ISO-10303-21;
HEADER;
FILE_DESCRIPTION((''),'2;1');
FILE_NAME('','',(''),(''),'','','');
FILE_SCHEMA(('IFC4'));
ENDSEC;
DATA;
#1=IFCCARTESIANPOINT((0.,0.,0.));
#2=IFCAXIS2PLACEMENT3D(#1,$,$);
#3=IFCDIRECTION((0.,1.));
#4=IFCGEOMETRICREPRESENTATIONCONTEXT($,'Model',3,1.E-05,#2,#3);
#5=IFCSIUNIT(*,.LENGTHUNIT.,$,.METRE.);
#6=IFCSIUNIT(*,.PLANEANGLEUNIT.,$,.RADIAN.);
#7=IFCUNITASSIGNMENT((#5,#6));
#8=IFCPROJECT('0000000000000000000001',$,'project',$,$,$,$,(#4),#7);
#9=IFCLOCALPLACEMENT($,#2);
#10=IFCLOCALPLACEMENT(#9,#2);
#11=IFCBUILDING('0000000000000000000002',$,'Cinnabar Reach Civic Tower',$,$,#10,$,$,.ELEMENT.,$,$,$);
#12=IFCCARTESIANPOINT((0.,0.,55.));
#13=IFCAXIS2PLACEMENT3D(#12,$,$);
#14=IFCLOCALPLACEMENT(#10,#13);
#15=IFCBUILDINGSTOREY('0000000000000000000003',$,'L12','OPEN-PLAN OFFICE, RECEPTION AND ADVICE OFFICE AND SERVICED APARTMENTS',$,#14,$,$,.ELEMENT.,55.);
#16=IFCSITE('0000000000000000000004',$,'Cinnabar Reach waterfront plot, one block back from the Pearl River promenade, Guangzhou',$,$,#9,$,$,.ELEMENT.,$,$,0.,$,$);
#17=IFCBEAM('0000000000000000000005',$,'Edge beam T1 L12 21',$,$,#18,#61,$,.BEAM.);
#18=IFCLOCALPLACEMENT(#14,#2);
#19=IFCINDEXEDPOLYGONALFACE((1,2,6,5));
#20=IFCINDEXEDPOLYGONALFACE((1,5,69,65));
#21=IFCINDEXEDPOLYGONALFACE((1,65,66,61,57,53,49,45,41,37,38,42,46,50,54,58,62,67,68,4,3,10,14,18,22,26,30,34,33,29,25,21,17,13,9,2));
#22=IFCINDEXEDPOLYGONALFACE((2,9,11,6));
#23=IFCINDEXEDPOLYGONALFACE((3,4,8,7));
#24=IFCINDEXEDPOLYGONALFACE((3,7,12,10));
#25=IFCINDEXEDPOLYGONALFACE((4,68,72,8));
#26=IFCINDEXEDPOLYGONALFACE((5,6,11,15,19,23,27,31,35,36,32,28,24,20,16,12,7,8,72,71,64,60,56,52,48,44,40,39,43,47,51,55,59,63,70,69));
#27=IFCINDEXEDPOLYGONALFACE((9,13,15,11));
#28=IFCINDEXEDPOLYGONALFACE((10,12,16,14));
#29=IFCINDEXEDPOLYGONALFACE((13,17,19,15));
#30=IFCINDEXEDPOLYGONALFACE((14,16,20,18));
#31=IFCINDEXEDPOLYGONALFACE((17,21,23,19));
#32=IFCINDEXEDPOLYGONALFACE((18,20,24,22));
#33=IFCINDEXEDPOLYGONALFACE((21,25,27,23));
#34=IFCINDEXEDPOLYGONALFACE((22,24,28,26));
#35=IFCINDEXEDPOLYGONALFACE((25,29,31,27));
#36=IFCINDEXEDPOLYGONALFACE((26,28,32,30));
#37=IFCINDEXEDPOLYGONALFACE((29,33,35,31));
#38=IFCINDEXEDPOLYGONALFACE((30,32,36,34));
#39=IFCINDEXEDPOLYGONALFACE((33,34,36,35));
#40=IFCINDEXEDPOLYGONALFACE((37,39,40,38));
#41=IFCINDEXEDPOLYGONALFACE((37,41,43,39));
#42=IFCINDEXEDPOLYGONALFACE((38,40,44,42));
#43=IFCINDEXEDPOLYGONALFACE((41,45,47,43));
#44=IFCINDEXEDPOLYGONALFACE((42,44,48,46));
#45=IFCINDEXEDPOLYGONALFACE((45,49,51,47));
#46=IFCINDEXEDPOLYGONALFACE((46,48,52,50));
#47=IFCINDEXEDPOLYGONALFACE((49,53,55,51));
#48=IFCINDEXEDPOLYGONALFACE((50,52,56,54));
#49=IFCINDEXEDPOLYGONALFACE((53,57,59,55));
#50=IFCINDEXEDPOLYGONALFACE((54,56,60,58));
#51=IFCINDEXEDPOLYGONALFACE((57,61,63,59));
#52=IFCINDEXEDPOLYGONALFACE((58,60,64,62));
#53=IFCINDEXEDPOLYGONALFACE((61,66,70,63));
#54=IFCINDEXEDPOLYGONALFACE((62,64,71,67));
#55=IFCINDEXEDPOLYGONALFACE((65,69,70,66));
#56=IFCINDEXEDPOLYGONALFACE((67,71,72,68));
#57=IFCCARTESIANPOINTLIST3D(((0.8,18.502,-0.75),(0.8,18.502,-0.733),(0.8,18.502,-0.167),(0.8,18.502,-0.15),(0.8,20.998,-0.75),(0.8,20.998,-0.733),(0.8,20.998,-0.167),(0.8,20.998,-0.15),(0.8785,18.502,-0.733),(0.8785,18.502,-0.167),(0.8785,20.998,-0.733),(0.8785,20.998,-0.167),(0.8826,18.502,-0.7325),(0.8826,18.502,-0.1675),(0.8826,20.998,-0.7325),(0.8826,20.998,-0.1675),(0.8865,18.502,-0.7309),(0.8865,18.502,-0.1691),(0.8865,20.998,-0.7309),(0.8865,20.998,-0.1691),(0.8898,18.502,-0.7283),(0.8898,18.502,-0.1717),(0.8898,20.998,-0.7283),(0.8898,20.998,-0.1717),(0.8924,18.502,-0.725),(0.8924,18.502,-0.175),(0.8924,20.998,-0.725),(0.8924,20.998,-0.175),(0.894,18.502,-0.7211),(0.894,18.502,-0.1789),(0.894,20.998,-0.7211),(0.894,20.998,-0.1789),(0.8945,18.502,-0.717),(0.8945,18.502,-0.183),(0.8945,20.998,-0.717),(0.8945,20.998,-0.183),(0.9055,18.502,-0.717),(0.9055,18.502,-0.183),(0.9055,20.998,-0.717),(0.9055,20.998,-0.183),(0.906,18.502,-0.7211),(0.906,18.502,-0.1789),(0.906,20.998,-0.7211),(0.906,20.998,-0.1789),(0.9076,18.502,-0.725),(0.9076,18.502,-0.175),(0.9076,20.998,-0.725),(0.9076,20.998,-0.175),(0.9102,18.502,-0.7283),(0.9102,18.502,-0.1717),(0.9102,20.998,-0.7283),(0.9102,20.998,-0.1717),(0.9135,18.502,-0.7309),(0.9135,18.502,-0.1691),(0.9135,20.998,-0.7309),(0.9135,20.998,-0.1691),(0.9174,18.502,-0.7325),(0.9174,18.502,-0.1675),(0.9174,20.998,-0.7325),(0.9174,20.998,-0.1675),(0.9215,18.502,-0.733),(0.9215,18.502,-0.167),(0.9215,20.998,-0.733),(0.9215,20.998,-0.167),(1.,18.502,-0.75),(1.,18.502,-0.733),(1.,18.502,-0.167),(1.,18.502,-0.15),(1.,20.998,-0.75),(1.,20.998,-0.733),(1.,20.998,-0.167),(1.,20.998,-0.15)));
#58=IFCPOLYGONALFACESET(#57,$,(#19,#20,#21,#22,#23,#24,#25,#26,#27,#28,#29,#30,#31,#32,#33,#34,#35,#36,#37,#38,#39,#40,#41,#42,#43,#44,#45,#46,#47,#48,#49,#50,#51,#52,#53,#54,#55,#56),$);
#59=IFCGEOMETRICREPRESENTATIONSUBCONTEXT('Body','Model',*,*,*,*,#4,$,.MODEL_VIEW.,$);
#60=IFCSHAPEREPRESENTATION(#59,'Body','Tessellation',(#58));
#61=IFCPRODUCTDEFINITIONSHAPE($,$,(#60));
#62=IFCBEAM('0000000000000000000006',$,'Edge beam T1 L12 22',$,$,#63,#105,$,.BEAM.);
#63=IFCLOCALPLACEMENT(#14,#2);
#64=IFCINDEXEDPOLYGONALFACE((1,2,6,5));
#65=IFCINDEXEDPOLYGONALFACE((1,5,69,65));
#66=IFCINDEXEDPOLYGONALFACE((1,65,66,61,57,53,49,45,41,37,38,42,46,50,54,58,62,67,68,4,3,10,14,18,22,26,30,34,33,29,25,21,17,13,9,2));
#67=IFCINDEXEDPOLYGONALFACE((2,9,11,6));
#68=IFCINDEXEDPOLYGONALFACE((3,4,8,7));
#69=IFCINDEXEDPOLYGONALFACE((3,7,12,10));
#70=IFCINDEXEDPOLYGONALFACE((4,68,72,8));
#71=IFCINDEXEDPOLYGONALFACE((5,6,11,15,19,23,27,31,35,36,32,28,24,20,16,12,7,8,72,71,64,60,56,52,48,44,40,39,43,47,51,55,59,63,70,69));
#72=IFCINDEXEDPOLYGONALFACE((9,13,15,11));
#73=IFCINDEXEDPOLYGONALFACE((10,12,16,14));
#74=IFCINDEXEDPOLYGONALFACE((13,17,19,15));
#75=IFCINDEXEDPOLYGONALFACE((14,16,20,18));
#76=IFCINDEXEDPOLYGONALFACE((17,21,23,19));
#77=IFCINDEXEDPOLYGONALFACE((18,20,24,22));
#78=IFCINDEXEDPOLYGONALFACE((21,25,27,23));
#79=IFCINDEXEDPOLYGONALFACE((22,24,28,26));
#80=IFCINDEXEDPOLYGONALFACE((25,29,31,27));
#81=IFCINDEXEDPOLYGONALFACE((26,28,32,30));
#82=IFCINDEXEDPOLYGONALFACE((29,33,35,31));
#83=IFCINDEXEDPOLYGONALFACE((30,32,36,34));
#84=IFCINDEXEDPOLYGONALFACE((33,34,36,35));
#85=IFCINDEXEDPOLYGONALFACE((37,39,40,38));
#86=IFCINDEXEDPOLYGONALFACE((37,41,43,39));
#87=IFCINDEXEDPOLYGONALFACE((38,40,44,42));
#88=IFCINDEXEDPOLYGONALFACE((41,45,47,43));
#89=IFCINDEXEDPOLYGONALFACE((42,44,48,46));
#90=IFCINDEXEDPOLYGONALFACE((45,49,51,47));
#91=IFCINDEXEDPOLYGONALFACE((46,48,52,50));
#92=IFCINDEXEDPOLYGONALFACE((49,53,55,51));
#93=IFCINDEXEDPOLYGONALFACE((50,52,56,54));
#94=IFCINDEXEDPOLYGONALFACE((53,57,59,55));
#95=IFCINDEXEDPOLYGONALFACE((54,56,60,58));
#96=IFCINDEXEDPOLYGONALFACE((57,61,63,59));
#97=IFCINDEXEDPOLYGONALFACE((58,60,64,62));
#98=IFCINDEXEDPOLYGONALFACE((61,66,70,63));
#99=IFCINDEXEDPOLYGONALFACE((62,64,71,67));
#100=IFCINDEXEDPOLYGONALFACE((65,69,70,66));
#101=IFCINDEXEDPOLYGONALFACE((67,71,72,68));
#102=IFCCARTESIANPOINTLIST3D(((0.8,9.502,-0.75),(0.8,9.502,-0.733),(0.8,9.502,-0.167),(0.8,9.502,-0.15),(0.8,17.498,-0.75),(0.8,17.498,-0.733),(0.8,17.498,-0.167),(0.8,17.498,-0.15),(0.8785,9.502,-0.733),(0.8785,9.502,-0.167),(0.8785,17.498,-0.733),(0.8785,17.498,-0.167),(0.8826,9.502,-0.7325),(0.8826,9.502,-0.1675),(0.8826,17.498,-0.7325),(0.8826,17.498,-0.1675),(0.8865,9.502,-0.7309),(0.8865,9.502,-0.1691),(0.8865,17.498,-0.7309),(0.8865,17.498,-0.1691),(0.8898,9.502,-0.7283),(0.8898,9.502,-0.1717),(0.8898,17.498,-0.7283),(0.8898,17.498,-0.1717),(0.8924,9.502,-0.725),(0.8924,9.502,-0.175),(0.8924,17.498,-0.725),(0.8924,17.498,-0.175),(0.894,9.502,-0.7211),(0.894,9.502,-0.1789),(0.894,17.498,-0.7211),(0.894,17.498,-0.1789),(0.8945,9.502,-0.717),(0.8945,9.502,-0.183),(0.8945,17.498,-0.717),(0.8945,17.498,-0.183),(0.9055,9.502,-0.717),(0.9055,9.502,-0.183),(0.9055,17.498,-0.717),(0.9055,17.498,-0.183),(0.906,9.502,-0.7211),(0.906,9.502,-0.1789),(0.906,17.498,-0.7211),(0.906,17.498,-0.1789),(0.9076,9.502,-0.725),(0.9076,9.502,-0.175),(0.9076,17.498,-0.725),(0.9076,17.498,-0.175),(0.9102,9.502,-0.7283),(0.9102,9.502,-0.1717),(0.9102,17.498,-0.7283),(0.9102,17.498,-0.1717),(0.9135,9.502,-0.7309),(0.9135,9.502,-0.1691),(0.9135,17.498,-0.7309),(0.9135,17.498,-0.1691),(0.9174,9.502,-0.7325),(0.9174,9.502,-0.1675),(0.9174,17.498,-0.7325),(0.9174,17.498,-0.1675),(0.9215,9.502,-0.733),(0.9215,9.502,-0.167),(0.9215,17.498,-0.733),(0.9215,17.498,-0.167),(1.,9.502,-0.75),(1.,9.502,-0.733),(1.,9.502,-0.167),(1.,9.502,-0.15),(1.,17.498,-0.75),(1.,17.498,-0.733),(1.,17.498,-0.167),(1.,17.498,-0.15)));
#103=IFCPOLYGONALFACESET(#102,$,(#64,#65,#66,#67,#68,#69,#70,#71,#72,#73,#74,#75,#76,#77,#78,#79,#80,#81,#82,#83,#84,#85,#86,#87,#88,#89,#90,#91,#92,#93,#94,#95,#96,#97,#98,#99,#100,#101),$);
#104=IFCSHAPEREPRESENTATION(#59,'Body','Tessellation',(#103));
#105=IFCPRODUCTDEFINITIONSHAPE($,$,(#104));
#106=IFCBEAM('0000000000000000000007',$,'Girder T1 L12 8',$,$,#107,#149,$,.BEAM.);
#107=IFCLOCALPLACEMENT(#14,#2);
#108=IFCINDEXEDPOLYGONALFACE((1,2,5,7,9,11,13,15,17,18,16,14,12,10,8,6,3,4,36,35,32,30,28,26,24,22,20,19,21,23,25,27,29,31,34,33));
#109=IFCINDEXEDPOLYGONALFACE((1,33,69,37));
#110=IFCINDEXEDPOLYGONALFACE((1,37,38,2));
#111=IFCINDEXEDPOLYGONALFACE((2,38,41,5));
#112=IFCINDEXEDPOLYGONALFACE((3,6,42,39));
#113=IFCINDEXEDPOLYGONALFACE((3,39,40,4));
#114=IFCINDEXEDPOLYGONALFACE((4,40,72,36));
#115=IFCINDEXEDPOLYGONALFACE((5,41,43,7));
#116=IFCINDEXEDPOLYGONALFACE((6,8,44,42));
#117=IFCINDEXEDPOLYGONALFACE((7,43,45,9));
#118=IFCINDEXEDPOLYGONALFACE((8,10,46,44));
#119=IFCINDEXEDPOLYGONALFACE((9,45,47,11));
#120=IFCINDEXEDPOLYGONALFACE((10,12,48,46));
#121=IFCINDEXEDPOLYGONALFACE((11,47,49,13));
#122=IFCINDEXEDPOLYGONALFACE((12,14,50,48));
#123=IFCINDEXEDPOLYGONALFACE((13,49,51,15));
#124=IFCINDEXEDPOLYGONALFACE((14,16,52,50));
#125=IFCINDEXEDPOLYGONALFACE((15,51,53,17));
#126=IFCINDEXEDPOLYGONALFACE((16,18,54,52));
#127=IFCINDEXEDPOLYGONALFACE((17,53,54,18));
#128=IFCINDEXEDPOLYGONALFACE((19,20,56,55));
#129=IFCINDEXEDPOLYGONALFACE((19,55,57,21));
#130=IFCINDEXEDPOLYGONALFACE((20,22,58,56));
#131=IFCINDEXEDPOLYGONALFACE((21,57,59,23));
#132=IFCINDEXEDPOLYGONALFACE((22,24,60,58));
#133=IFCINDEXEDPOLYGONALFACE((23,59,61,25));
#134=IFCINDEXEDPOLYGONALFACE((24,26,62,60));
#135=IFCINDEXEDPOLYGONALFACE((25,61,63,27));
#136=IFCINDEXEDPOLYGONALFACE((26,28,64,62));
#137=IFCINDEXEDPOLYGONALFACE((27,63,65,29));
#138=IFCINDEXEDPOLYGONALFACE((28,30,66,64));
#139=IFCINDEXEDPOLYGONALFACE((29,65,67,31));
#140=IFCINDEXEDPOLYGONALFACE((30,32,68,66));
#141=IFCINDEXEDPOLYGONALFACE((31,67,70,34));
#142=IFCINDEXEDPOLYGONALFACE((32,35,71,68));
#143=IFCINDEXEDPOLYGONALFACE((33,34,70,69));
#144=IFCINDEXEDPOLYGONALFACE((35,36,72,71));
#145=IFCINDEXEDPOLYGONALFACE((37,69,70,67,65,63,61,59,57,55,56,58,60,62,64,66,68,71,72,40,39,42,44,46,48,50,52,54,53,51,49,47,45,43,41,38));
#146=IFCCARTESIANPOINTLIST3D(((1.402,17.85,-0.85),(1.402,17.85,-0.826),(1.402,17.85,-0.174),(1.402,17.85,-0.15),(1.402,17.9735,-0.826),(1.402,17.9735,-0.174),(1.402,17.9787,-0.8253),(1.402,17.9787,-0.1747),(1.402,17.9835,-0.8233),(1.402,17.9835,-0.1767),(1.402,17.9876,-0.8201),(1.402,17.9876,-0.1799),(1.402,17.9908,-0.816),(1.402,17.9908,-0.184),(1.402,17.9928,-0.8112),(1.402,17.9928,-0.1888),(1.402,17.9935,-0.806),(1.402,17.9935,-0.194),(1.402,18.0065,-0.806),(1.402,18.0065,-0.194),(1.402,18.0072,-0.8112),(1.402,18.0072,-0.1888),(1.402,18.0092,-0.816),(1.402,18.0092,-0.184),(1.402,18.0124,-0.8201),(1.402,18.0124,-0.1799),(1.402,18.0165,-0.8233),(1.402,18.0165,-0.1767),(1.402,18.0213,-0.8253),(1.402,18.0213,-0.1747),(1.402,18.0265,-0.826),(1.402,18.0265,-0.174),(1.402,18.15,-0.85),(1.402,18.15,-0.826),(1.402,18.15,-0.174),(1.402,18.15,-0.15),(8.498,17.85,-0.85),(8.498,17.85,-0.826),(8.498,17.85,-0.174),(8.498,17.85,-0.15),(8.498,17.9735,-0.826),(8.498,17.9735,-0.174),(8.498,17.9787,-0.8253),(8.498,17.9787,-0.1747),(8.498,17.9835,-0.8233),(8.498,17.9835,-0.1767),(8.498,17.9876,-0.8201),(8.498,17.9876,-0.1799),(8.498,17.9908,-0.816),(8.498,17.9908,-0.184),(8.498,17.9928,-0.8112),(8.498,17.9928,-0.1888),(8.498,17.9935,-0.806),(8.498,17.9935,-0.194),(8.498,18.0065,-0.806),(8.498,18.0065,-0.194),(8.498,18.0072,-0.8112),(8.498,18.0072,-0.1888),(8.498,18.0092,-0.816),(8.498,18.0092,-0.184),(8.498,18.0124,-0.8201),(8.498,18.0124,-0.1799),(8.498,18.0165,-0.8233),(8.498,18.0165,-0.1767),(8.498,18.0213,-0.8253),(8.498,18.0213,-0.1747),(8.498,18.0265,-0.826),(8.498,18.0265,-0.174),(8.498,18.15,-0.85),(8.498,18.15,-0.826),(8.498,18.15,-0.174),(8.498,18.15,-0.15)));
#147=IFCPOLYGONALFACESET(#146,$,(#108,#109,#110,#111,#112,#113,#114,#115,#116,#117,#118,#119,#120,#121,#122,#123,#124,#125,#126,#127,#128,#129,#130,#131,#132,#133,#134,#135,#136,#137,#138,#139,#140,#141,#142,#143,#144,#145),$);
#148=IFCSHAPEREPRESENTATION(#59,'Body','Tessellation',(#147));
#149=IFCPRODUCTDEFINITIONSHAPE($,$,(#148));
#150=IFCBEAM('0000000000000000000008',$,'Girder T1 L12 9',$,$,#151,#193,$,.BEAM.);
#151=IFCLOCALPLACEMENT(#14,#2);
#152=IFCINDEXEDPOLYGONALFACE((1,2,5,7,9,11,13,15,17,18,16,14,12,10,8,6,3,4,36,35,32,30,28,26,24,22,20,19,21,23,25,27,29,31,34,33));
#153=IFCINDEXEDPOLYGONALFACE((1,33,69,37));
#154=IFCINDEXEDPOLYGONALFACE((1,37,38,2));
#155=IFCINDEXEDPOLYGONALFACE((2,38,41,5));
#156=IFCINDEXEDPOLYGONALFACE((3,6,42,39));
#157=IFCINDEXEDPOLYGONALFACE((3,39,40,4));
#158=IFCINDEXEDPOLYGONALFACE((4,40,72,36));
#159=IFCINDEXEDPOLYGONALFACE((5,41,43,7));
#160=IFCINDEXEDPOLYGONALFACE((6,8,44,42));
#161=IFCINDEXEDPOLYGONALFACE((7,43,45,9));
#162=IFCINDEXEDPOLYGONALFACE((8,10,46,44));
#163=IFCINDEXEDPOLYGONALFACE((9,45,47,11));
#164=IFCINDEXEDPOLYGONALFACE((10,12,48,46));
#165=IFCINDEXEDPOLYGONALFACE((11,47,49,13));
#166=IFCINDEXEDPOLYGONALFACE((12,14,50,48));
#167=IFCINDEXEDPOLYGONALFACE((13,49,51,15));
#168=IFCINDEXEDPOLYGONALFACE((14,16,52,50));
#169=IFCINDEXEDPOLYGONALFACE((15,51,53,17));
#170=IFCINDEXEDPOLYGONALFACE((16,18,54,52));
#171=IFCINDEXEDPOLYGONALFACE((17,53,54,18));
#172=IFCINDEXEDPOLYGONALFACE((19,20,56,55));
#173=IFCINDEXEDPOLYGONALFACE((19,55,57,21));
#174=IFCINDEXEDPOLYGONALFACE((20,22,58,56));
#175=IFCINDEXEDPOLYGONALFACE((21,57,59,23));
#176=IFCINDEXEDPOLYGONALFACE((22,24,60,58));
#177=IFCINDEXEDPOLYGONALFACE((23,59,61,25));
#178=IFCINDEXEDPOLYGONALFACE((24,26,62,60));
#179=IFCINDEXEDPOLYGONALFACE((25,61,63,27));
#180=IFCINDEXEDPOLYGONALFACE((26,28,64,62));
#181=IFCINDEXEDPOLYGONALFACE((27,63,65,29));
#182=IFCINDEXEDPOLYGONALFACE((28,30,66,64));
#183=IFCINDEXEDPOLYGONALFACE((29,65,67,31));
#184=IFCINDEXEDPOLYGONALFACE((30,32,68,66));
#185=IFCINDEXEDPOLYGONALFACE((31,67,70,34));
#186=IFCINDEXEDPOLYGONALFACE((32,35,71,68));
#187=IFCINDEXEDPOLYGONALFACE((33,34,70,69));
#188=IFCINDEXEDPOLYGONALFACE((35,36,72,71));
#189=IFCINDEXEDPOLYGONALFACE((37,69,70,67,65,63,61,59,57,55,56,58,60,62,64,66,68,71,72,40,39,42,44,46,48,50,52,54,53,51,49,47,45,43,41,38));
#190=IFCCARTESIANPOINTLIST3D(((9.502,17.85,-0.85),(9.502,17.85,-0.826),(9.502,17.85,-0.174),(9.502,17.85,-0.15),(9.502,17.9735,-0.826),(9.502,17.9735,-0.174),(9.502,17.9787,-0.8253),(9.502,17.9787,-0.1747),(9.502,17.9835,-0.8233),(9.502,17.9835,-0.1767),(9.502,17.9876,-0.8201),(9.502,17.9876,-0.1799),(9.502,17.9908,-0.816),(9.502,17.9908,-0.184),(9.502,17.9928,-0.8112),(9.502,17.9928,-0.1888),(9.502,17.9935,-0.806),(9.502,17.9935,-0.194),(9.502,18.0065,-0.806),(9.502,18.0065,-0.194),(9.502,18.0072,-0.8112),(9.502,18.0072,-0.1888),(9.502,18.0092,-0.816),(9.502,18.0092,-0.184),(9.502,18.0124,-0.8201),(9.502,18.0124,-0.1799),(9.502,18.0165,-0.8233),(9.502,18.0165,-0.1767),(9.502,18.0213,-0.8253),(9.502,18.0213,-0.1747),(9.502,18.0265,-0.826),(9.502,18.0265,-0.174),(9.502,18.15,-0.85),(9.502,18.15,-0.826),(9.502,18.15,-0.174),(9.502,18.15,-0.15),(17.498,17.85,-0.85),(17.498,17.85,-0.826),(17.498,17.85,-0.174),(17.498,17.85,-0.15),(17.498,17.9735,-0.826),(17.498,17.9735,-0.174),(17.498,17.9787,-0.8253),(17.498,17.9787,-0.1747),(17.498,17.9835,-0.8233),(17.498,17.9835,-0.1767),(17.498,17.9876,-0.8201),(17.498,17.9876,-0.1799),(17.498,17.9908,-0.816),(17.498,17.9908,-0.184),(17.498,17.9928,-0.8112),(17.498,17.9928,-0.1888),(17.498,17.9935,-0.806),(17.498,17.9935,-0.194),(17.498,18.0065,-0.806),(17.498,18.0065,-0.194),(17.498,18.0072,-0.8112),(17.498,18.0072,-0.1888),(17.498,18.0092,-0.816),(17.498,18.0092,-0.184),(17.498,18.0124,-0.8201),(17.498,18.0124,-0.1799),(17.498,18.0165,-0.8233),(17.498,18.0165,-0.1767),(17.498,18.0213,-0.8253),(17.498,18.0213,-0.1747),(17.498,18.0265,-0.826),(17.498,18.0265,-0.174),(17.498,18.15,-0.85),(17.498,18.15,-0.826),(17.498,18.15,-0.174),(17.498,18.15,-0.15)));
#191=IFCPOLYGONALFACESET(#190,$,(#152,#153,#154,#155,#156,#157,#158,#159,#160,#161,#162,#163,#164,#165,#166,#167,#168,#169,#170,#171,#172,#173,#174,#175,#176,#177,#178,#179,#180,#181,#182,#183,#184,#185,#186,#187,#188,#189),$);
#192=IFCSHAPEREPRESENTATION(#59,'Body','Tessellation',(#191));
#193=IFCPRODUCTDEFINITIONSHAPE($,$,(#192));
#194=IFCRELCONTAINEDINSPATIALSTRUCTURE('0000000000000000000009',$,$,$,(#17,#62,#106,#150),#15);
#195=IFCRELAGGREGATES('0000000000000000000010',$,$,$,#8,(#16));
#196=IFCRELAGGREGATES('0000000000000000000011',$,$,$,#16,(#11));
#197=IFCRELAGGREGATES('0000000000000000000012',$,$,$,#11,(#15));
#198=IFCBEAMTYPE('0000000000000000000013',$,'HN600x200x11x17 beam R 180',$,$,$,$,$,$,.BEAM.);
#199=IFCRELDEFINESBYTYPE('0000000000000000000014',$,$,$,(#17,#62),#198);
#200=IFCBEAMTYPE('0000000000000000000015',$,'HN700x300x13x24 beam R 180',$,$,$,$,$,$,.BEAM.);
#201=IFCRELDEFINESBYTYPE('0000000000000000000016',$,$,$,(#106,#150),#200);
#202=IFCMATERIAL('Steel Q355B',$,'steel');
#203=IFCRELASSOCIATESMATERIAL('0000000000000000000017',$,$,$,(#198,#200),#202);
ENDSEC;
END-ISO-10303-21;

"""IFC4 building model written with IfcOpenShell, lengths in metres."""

from ifc_helpers import new_model, si_unit, direction, frame, origin, origin_2d, place, context, subcontext, project, spatial, i_section, extrude, material, material_profile, profile_set, type_object, element, save


model = new_model("IFC4")

# Units and contexts
model_context = context("Model", 3, precision=1e-05, world=origin(), true_north=direction((0.0, 1.0)))
body_context = subcontext(model_context, "Body", "Model", "MODEL_VIEW")
ifc_project = project(units=[si_unit("LENGTHUNIT", "METRE"), si_unit("PLANEANGLEUNIT", "RADIAN")], contexts=[model_context])

# Site, building, storey
site_placement = place(None, origin())
site = spatial("IfcSite", under=ifc_project, at=site_placement, Name="Cinnabar Reach waterfront plot, one block back from the Pearl River promenade, Guangzhou", CompositionType="ELEMENT", RefElevation=0.0)
building_placement = place(site_placement, origin())
building = spatial("IfcBuilding", under=site, at=building_placement, Name="Cinnabar Reach Civic Tower", CompositionType="ELEMENT")
storey_placement = place(building_placement, frame((0.0, 0.0, 55.0)))
storey = spatial("IfcBuildingStorey", under=building, at=storey_placement, Name="L12", Description="OPEN-PLAN OFFICE, RECEPTION AND ADVICE OFFICE AND SERVICED APARTMENTS", CompositionType="ELEMENT", Elevation=55.0)

# Beams
ifc_material_1 = material(Name="Steel Q355B", Category="steel")
ifc_material_profile_1 = material_profile(ifc_material_1, i_section(OverallWidth=0.2, OverallDepth=0.6, WebThickness=0.011, FlangeThickness=0.017, FilletRadius=0.016, at=origin_2d()), Name="HN600x200x11x17")
ifc_profile_set_1 = profile_set([ifc_material_profile_1], Name="Steel Q355B")
beam_type_1 = type_object("IfcBeamType", Name="HN600x200x11x17 beam R 180", PredefinedType="BEAM", material=ifc_profile_set_1)
beam_1_placement = place(storey_placement, frame((0.9, 20.998, -0.45), z_axis=(0.0, -1.0, 0.0), x_axis=(1.0, 0.0, 0.0)))
element("IfcBeam", 1, at=beam_1_placement, inside=storey, type_object=beam_type_1, Name="Edge beam T1 L12 21", PredefinedType="BEAM", context=body_context, shape_type="SweptSolid", body=[
    extrude(i_section(OverallWidth=0.2, OverallDepth=0.6, WebThickness=0.011, FlangeThickness=0.017, FilletRadius=0.016, at=origin_2d()), origin(), (0.0, 0.0, 1.0), 2.496),
])
beam_2_placement = place(storey_placement, frame((0.9, 17.498, -0.45), z_axis=(0.0, -1.0, 0.0), x_axis=(1.0, 0.0, 0.0)))
element("IfcBeam", 2, at=beam_2_placement, inside=storey, type_object=beam_type_1, Name="Edge beam T1 L12 22", PredefinedType="BEAM", context=body_context, shape_type="SweptSolid", body=[
    extrude(i_section(OverallWidth=0.2, OverallDepth=0.6, WebThickness=0.011, FlangeThickness=0.017, FilletRadius=0.016, at=origin_2d()), origin(), (0.0, 0.0, 1.0), 7.996),
])
ifc_material_profile_2 = material_profile(ifc_material_1, i_section(OverallWidth=0.3, OverallDepth=0.7, WebThickness=0.013, FlangeThickness=0.024, FilletRadius=0.02, at=origin_2d()), Name="HN700x300x13x24")
ifc_profile_set_2 = profile_set([ifc_material_profile_2], Name="Steel Q355B")
beam_type_2 = type_object("IfcBeamType", Name="HN700x300x13x24 beam R 180", PredefinedType="BEAM", material=ifc_profile_set_2)
beam_3_placement = place(storey_placement, frame((1.402, 18.0, -0.5), z_axis=(1.0, 0.0, 0.0), x_axis=(0.0, 1.0, 0.0)))
element("IfcBeam", 3, at=beam_3_placement, inside=storey, type_object=beam_type_2, Name="Girder T1 L12 8", PredefinedType="BEAM", context=body_context, shape_type="SweptSolid", body=[
    extrude(i_section(OverallWidth=0.3, OverallDepth=0.7, WebThickness=0.013, FlangeThickness=0.024, FilletRadius=0.02, at=origin_2d()), origin(), (0.0, 0.0, 1.0), 7.096),
])
beam_4_placement = place(storey_placement, frame((9.502, 18.0, -0.5), z_axis=(1.0, 0.0, 0.0), x_axis=(0.0, 1.0, 0.0)))
element("IfcBeam", 4, at=beam_4_placement, inside=storey, type_object=beam_type_2, Name="Girder T1 L12 9", PredefinedType="BEAM", context=body_context, shape_type="SweptSolid", body=[
    extrude(i_section(OverallWidth=0.3, OverallDepth=0.7, WebThickness=0.013, FlangeThickness=0.024, FilletRadius=0.02, at=origin_2d()), origin(), (0.0, 0.0, 1.0), 7.996),
])

save(model, "model.ifc")
